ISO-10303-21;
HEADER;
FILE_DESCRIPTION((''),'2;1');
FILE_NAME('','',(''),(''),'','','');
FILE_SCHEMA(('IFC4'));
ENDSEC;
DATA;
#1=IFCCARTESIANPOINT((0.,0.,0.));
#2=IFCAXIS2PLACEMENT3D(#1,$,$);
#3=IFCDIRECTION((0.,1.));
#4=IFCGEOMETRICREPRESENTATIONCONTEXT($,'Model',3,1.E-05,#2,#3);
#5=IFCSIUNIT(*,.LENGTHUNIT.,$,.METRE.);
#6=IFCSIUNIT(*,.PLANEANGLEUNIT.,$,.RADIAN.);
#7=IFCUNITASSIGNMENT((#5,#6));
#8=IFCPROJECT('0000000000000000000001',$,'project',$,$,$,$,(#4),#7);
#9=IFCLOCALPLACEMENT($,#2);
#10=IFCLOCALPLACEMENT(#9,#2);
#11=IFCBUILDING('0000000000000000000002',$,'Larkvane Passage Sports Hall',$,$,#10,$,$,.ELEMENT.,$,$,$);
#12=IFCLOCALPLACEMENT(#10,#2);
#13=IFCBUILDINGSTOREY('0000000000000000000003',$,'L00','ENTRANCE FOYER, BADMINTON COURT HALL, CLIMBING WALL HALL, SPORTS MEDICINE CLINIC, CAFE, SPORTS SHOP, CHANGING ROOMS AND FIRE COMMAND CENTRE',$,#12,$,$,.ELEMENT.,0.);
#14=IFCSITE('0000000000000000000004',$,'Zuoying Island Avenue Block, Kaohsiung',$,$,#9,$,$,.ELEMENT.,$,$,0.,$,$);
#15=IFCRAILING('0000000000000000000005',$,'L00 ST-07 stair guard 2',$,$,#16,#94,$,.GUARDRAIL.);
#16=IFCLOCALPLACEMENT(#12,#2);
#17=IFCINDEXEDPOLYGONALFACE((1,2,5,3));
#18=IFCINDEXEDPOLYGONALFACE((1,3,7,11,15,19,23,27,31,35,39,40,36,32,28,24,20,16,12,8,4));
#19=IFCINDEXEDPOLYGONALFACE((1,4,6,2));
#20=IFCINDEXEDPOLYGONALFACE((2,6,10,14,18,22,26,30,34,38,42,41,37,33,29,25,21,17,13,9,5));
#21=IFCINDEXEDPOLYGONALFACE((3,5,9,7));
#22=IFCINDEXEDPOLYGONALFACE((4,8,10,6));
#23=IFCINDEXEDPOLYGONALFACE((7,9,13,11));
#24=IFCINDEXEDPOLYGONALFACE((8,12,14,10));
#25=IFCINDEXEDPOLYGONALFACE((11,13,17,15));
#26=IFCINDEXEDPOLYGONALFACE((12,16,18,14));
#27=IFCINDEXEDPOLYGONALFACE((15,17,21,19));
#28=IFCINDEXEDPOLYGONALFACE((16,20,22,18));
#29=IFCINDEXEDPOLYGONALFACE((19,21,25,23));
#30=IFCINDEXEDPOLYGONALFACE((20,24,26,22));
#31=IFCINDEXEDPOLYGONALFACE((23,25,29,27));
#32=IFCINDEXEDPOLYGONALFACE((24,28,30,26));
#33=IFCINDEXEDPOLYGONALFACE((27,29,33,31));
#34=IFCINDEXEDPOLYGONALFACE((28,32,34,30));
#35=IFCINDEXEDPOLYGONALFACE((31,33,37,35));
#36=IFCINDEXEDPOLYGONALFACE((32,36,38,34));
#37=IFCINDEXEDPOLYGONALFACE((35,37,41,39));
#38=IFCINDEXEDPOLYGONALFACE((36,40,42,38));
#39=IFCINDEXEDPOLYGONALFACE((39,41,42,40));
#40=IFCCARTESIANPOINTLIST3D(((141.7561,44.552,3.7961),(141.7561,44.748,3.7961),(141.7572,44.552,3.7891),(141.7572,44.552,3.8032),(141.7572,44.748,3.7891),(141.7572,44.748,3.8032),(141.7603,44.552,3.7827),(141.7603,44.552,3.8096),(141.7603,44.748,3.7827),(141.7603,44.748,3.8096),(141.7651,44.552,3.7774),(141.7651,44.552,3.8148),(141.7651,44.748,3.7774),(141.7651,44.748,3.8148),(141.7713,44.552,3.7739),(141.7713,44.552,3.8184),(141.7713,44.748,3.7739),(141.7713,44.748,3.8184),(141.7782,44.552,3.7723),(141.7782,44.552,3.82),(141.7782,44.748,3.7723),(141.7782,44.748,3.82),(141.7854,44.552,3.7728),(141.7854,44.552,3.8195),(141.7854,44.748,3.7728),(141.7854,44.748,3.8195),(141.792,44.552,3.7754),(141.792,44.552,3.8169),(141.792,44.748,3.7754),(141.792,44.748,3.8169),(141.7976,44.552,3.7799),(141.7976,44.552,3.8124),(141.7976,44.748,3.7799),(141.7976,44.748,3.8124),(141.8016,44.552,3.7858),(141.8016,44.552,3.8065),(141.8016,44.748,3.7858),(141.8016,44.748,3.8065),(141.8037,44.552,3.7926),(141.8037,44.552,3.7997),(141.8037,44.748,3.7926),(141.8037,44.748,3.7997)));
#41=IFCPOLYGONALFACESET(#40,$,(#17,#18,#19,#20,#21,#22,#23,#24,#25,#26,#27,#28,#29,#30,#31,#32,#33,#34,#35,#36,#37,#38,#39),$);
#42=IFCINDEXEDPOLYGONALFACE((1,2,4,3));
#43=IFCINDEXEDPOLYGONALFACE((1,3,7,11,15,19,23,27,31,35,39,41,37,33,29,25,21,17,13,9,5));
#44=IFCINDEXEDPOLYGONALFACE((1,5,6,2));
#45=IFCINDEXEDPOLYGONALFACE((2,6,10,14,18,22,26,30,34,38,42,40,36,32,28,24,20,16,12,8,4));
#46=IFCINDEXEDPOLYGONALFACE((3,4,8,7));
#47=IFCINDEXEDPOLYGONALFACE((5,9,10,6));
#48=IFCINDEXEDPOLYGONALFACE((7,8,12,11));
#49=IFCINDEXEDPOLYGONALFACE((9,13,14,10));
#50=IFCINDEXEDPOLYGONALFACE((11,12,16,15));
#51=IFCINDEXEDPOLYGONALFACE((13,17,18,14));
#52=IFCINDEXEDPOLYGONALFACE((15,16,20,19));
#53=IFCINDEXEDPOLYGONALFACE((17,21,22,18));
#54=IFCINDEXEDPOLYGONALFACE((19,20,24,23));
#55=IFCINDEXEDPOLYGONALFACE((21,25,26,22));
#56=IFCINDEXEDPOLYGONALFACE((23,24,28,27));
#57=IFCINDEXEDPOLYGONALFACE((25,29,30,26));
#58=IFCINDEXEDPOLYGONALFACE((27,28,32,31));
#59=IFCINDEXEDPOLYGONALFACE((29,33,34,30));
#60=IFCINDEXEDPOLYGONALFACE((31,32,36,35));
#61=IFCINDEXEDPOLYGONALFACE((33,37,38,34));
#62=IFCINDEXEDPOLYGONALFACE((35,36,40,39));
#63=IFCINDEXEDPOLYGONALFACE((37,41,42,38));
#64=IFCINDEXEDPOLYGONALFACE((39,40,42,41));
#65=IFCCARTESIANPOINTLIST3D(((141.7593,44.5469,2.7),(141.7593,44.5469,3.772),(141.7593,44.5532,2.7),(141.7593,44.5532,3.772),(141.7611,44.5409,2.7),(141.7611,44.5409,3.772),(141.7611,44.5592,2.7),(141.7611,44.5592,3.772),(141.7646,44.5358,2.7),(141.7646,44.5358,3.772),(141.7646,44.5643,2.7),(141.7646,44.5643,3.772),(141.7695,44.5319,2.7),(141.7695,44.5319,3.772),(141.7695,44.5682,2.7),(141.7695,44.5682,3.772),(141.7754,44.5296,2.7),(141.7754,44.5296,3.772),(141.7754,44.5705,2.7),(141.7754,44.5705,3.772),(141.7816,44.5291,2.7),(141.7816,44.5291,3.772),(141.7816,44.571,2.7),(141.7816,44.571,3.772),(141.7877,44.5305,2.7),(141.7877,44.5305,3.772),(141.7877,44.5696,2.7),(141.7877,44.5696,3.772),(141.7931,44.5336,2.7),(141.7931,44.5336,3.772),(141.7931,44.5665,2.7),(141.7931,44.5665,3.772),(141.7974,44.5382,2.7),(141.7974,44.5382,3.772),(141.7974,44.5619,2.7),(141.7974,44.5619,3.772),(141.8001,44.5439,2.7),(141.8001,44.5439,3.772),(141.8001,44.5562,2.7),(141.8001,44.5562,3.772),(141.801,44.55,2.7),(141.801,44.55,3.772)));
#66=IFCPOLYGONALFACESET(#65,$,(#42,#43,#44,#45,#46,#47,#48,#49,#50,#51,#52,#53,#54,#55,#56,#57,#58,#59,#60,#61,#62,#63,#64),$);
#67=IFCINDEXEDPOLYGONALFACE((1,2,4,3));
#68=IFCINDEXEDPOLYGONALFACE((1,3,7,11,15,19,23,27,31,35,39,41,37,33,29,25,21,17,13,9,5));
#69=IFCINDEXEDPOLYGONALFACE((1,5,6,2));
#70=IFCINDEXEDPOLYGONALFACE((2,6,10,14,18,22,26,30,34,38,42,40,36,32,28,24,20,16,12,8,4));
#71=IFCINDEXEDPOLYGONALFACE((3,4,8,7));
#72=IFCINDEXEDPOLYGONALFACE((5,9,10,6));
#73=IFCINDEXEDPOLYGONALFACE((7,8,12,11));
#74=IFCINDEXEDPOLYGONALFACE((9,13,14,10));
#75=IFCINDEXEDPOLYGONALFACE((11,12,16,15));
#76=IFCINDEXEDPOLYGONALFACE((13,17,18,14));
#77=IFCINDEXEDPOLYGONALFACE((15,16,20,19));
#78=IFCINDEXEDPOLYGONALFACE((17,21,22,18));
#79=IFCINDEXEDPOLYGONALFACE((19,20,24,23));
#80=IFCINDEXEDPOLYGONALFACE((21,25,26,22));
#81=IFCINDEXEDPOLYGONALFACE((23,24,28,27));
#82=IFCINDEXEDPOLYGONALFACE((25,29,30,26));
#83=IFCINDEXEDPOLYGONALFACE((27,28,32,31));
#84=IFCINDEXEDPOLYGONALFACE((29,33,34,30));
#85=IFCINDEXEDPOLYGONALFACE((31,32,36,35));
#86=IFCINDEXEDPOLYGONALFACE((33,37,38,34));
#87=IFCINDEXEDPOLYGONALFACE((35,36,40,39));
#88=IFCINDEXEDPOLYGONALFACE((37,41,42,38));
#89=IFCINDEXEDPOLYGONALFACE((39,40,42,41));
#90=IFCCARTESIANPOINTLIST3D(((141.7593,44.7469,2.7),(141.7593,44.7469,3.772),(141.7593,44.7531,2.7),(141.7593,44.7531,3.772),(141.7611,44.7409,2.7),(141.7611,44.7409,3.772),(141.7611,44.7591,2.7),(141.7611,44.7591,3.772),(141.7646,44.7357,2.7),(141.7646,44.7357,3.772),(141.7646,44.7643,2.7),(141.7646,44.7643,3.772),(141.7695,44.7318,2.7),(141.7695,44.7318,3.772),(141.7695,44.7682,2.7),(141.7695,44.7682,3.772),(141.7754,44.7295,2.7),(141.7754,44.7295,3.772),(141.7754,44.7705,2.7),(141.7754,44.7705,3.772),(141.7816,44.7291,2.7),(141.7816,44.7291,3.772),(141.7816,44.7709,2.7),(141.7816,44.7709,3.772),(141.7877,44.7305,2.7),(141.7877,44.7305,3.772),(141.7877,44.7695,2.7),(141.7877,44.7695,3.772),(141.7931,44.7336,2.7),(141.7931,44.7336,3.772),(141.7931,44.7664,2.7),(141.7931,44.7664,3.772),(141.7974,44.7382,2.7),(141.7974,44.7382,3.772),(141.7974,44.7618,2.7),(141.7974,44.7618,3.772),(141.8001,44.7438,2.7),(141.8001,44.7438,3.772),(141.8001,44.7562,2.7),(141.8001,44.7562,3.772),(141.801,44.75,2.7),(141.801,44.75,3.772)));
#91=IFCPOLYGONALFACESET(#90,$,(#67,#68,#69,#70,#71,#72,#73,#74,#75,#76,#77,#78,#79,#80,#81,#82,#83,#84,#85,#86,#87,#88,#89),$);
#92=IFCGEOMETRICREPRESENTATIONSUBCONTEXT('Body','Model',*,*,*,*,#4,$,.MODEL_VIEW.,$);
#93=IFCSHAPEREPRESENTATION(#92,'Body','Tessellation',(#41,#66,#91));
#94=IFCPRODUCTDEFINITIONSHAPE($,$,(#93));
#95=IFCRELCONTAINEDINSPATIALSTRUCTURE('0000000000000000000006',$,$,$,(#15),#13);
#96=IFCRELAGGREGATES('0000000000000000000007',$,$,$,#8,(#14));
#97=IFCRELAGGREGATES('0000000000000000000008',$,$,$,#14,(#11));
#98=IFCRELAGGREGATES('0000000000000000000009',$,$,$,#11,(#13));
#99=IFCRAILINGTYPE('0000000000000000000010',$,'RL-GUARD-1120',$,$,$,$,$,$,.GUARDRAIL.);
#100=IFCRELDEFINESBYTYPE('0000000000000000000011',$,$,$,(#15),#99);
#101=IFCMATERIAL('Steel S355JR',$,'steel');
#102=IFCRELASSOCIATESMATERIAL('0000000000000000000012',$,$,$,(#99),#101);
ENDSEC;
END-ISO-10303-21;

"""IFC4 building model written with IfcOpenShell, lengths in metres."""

from ifc_helpers import new_model, si_unit, direction, frame, origin, origin_2d, place, context, subcontext, project, spatial, circle, extrude, material, type_object, element, save


model = new_model("IFC4")

# Units and contexts
model_context = context("Model", 3, precision=1e-05, world=origin(), true_north=direction((0.0, 1.0)))
body_context = subcontext(model_context, "Body", "Model", "MODEL_VIEW")
ifc_project = project(units=[si_unit("LENGTHUNIT", "METRE"), si_unit("PLANEANGLEUNIT", "RADIAN")], contexts=[model_context])

# Site, building, storey
site_placement = place(None, origin())
site = spatial("IfcSite", under=ifc_project, at=site_placement, Name="Zuoying Island Avenue Block, Kaohsiung", CompositionType="ELEMENT", RefElevation=0.0)
building_placement = place(site_placement, origin())
building = spatial("IfcBuilding", under=site, at=building_placement, Name="Larkvane Passage Sports Hall", CompositionType="ELEMENT")
storey_placement = place(building_placement, origin())
storey = spatial("IfcBuildingStorey", under=building, at=storey_placement, Name="L00", Description="ENTRANCE FOYER, BADMINTON COURT HALL, CLIMBING WALL HALL, SPORTS MEDICINE CLINIC, CAFE, SPORTS SHOP, CHANGING ROOMS AND FIRE COMMAND CENTRE", CompositionType="ELEMENT", Elevation=0.0)

# Shared definitions
ifc_material_1 = material(Name="Steel S355JR", Category="steel")

# Railing
railing_type_1 = type_object("IfcRailingType", Name="RL-GUARD-1120", PredefinedType="GUARDRAIL", material=ifc_material_1)
railing_1_placement = place(storey_placement, frame((141.78, 44.55, 2.7)))
element("IfcRailing", 1, at=railing_1_placement, inside=storey, type_object=railing_type_1, Name="L00 ST-07 stair guard 2", PredefinedType="GUARDRAIL", context=body_context, shape_type="SweptSolid", body=[
    extrude(circle(Radius=0.0239, at=origin_2d()), frame((0.0, 0.002, 1.0962), z_axis=(0.0, 1.0, 0.0), x_axis=(-1.0, 0.0, 0.0)), (0.0, 0.0, 1.0), 0.196),
    extrude(circle(Radius=0.021, at=origin_2d()), origin(), (0.0, 0.0, 1.0), 1.072),
    extrude(circle(Radius=0.021, at=origin_2d()), frame((0.0, 0.2, 0.0)), (0.0, 0.0, 1.0), 1.072),
])

save(model, "model.ifc")
